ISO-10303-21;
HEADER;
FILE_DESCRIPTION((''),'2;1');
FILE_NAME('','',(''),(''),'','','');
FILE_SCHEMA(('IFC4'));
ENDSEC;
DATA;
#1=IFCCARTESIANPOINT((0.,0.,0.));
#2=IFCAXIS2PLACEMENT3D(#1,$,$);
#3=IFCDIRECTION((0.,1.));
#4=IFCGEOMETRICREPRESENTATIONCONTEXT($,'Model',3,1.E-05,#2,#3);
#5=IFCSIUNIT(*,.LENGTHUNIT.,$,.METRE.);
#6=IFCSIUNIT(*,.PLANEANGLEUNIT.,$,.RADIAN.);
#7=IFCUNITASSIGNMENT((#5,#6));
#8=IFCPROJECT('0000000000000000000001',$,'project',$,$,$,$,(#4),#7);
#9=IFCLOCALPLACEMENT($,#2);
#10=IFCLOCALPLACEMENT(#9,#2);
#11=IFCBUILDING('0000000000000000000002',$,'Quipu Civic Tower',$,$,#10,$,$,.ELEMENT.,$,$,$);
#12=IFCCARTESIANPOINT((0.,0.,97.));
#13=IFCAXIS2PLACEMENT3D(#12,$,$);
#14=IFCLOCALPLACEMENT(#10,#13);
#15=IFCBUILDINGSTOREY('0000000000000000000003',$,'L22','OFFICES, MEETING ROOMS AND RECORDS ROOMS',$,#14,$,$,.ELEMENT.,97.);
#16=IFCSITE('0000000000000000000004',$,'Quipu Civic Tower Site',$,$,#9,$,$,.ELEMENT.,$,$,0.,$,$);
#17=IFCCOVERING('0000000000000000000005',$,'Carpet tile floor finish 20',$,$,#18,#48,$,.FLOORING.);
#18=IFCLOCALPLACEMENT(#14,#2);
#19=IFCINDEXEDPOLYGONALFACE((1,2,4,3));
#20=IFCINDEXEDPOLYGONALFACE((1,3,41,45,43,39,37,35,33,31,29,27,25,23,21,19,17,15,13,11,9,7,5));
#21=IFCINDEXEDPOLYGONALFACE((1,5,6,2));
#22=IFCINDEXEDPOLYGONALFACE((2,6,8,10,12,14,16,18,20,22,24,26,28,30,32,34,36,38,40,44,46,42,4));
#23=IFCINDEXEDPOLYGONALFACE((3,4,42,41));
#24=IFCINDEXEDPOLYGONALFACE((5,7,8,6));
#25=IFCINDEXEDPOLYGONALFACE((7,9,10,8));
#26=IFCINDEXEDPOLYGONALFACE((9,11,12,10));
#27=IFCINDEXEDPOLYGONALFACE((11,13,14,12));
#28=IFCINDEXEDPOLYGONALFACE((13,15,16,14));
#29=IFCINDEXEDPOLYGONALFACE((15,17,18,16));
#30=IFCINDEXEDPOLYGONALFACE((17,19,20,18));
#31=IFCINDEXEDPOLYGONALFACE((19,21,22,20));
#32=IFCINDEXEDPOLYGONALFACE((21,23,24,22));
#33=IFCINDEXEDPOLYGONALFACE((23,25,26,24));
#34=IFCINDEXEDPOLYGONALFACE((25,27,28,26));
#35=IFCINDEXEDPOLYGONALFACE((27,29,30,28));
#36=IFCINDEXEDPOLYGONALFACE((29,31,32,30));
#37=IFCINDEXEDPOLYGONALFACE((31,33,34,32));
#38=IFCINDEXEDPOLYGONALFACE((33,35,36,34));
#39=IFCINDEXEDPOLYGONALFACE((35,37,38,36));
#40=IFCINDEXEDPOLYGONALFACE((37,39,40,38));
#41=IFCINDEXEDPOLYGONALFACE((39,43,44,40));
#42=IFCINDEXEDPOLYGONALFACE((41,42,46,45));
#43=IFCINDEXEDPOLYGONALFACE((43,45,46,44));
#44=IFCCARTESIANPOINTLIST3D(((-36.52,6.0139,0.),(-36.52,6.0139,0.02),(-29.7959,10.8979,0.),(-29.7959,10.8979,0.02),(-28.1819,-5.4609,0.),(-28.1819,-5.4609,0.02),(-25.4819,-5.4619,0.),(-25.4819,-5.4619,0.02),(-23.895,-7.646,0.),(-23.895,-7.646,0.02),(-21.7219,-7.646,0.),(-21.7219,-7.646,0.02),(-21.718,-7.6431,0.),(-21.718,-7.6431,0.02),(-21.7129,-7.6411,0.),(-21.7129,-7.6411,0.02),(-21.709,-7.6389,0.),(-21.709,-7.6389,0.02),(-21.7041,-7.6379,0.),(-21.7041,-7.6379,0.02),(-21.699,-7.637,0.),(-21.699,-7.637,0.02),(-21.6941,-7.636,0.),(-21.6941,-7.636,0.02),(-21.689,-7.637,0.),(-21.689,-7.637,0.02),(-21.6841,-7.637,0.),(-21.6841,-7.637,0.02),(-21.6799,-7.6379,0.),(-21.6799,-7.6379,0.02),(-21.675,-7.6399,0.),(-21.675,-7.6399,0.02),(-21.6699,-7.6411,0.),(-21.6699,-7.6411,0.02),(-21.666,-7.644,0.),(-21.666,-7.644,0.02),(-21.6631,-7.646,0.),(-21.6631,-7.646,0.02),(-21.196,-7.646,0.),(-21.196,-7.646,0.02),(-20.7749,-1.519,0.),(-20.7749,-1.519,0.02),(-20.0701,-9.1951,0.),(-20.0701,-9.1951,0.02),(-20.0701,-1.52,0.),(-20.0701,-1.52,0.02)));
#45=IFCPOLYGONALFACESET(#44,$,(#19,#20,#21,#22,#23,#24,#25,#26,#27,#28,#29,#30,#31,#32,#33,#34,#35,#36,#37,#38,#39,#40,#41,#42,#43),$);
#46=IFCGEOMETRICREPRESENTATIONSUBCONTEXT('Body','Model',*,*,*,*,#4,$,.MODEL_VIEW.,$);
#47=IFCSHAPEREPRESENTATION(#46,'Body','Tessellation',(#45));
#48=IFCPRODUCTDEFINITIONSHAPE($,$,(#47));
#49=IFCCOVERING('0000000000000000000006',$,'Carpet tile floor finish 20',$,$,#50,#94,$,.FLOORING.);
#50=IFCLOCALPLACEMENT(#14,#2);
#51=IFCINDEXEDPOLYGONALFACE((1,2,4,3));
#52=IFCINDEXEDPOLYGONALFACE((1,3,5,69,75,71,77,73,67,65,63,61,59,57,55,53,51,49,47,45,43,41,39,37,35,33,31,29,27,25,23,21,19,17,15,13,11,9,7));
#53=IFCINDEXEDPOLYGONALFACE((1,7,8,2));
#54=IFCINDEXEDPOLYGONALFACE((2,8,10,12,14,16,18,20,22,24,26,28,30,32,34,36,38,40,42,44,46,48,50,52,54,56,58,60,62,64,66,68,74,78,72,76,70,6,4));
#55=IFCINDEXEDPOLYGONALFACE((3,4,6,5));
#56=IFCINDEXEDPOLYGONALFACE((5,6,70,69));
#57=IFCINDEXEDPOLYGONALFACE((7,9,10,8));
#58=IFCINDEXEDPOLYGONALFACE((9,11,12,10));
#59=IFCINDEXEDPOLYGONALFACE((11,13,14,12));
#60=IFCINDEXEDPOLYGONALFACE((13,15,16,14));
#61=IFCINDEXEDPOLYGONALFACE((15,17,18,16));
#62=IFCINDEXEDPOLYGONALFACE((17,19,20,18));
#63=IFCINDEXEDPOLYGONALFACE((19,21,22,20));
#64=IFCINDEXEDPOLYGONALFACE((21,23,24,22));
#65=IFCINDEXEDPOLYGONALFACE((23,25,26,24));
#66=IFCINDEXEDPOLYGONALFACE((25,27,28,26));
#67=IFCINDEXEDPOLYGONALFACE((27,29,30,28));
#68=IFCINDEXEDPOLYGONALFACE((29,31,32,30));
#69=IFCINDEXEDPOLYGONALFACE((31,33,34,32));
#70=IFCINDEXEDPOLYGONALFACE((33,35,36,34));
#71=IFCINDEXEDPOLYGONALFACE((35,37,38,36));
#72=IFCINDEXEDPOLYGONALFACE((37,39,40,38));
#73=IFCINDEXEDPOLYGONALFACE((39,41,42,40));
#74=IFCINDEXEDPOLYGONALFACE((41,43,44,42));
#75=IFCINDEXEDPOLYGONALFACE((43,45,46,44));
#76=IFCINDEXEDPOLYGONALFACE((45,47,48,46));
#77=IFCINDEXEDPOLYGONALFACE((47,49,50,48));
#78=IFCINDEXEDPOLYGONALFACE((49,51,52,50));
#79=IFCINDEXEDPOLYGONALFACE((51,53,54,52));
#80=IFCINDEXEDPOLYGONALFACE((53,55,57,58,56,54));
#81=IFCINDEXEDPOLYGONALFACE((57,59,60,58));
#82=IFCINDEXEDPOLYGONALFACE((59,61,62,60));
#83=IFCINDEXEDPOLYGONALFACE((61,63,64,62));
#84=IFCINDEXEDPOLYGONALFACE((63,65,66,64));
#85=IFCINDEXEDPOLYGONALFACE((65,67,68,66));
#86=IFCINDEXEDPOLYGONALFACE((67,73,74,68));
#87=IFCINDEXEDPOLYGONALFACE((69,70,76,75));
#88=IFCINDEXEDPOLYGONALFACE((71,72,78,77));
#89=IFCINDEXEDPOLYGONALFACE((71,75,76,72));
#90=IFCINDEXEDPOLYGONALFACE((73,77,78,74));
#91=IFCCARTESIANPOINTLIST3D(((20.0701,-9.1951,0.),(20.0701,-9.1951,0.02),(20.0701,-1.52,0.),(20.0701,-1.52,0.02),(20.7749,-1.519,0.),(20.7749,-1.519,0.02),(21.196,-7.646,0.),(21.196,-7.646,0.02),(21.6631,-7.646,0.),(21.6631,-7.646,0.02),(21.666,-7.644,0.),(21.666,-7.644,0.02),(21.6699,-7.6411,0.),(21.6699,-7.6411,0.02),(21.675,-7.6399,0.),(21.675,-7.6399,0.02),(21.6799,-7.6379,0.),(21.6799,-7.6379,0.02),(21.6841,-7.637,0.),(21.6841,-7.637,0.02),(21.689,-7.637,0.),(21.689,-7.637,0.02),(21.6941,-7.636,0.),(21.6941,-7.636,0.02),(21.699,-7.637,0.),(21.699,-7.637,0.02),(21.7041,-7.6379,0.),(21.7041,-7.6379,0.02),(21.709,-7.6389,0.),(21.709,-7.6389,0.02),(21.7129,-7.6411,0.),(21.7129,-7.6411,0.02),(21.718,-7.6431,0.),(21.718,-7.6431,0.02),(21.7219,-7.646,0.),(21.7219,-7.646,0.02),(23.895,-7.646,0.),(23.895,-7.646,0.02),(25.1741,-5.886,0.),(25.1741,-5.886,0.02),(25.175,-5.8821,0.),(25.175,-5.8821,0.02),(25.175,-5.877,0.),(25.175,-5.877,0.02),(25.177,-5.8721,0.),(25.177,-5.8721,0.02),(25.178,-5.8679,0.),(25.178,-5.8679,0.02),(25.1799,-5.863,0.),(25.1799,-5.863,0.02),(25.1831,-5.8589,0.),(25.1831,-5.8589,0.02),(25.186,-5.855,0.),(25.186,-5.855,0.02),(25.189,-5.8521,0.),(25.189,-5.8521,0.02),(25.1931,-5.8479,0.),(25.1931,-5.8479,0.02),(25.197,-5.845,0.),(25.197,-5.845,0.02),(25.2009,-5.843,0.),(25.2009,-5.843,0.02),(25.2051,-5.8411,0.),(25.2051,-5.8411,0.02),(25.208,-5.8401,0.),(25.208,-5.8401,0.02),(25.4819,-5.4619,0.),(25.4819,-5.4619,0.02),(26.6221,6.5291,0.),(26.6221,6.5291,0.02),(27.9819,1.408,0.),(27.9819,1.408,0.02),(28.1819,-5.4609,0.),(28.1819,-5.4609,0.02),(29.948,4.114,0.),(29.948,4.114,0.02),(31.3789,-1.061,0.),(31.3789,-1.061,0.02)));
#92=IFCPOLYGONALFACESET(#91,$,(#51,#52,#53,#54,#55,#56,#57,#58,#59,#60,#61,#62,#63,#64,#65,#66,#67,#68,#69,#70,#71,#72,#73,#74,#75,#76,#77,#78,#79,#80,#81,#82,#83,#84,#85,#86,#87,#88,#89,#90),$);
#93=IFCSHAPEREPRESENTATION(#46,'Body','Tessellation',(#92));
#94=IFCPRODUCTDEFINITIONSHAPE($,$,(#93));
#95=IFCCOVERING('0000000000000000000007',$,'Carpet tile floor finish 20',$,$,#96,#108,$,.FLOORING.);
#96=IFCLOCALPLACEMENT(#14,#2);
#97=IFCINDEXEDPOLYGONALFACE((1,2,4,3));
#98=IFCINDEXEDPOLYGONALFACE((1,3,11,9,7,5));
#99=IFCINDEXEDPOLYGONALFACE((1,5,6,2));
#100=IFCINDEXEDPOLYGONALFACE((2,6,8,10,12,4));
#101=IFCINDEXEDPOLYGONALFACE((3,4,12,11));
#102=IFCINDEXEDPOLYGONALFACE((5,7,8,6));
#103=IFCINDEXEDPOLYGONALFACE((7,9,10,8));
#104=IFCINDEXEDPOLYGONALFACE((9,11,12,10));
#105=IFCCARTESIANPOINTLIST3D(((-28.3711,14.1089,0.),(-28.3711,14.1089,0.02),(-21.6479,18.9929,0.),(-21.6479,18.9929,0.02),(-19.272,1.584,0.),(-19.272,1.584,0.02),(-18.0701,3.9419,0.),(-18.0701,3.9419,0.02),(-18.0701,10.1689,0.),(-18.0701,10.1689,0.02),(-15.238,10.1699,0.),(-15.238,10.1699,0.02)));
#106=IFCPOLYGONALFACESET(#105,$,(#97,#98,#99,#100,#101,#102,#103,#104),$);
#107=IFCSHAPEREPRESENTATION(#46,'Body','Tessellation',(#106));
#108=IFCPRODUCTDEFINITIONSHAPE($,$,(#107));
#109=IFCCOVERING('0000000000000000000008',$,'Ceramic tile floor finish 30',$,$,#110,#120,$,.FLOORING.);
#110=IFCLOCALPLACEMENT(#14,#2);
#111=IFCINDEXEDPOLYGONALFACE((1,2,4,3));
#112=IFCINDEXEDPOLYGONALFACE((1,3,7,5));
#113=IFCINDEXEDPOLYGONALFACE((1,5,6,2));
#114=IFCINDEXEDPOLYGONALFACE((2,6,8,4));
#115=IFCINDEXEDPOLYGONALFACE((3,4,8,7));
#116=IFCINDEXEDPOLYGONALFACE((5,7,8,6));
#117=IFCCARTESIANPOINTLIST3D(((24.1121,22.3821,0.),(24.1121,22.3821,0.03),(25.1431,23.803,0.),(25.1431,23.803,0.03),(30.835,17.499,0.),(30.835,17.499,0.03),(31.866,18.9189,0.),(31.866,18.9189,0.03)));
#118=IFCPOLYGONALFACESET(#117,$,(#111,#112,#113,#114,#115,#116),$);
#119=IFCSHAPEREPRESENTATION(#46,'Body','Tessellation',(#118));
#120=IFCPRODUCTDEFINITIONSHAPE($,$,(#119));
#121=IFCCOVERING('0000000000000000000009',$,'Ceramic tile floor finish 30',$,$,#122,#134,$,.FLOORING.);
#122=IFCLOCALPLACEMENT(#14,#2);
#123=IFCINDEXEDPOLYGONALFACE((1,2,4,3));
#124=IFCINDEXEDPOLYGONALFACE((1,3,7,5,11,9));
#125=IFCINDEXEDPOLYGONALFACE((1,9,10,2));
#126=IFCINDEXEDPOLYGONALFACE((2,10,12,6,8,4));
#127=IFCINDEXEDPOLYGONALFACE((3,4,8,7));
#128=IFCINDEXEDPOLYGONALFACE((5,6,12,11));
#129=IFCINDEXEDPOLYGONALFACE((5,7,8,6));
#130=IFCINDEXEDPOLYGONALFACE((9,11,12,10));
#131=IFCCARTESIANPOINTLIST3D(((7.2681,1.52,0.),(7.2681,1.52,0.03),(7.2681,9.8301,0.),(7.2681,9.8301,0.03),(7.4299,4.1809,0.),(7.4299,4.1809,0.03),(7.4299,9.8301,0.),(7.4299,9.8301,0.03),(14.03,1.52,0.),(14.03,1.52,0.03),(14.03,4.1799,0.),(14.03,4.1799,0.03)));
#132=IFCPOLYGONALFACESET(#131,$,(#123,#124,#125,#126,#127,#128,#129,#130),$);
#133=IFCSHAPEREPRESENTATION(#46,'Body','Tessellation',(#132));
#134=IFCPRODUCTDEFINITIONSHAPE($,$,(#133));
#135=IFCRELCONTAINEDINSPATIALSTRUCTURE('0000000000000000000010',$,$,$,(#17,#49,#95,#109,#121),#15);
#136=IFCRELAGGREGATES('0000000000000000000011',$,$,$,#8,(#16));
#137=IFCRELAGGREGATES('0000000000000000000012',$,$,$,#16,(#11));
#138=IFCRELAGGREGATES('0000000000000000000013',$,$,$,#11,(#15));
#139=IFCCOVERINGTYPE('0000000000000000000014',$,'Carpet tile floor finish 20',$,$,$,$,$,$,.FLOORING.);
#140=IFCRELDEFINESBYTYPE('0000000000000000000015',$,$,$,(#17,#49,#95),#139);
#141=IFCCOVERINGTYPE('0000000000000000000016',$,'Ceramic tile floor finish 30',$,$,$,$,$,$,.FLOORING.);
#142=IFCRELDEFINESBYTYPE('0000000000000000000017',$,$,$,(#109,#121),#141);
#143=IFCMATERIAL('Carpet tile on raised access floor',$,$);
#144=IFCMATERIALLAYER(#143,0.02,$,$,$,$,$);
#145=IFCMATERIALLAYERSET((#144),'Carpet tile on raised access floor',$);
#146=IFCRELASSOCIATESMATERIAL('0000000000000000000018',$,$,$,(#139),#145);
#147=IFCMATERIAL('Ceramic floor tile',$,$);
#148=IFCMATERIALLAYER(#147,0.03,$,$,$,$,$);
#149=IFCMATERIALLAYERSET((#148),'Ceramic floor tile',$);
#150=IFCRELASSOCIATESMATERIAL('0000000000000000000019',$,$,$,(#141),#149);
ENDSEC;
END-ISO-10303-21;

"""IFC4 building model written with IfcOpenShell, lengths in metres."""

from ifc_helpers import new_model, si_unit, direction, frame, origin, place, context, subcontext, project, spatial, polyline, outline, extrude, material, layer, layer_set, type_object, element, save


model = new_model("IFC4")

# Units and contexts
model_context = context("Model", 3, precision=1e-05, world=origin(), true_north=direction((0.0, 1.0)))
body_context = subcontext(model_context, "Body", "Model", "MODEL_VIEW")
ifc_project = project(units=[si_unit("LENGTHUNIT", "METRE"), si_unit("PLANEANGLEUNIT", "RADIAN")], contexts=[model_context])

# Site, building, storey
site_placement = place(None, origin())
site = spatial("IfcSite", under=ifc_project, at=site_placement, Name="Quipu Civic Tower Site", CompositionType="ELEMENT", RefElevation=0.0)
building_placement = place(site_placement, origin())
building = spatial("IfcBuilding", under=site, at=building_placement, Name="Quipu Civic Tower", CompositionType="ELEMENT")
storey_placement = place(building_placement, frame((0.0, 0.0, 97.0)))
storey = spatial("IfcBuildingStorey", under=building, at=storey_placement, Name="L22", Description="OFFICES, MEETING ROOMS AND RECORDS ROOMS", CompositionType="ELEMENT", Elevation=97.0)

# Coverings
ifc_material_1 = material(Name="Carpet tile on raised access floor")
ifc_layer_1 = layer(ifc_material_1, 0.02)
ifc_layer_set_1 = layer_set([ifc_layer_1], Name="Carpet tile on raised access floor")
covering_type_1 = type_object("IfcCoveringType", Name="Carpet tile floor finish 20", PredefinedType="FLOORING", material=ifc_layer_set_1)
covering_1_placement = place(storey_placement, origin())
element("IfcCovering", 1, at=covering_1_placement, inside=storey, type_object=covering_type_1, Name="Carpet tile floor finish 20", PredefinedType="FLOORING", context=body_context, shape_type="SweptSolid", body=[
    extrude(outline(polyline([(-36.52, 6.0139), (-29.7959, 10.8979), (-20.7749, -1.519), (-20.0701, -1.52), (-20.0701, -9.1951), (-21.196, -7.646), (-21.6631, -7.646), (-21.666, -7.644), (-21.6699, -7.6411), (-21.675, -7.6399), (-21.6799, -7.6379), (-21.6841, -7.637), (-21.689, -7.637), (-21.6941, -7.636), (-21.699, -7.637), (-21.7041, -7.6379), (-21.709, -7.6389), (-21.7129, -7.6411), (-21.718, -7.6431), (-21.7219, -7.646), (-21.7219, -7.646), (-23.895, -7.646), (-25.4819, -5.4619), (-28.1819, -5.4609), (-36.52, 6.0139)])), origin(), (0.0, 0.0, 1.0), 0.02),
])
covering_2_placement = place(storey_placement, origin())
element("IfcCovering", 2, at=covering_2_placement, inside=storey, type_object=covering_type_1, Name="Carpet tile floor finish 20", PredefinedType="FLOORING", context=body_context, shape_type="SweptSolid", body=[
    extrude(outline(polyline([(20.0701, -9.1951), (20.0701, -1.52), (20.7749, -1.519), (26.6221, 6.5291), (29.948, 4.114), (27.9819, 1.408), (31.3789, -1.061), (28.1819, -5.4609), (25.4819, -5.4619), (25.208, -5.8401), (25.2051, -5.8411), (25.2009, -5.843), (25.197, -5.845), (25.1931, -5.8479), (25.189, -5.8521), (25.186, -5.855), (25.1831, -5.8589), (25.1799, -5.863), (25.178, -5.8679), (25.177, -5.8721), (25.175, -5.877), (25.175, -5.8821), (25.1741, -5.886), (23.895, -7.646), (21.7219, -7.646), (21.7219, -7.646), (21.718, -7.6431), (21.7129, -7.6411), (21.709, -7.6389), (21.7041, -7.6379), (21.699, -7.637), (21.6941, -7.636), (21.689, -7.637), (21.6841, -7.637), (21.6799, -7.6379), (21.675, -7.6399), (21.6699, -7.6411), (21.666, -7.644), (21.6631, -7.646), (21.196, -7.646), (20.0701, -9.1951)])), origin(), (0.0, 0.0, 1.0), 0.02),
])
covering_3_placement = place(storey_placement, origin())
element("IfcCovering", 3, at=covering_3_placement, inside=storey, type_object=covering_type_1, Name="Carpet tile floor finish 20", PredefinedType="FLOORING", context=body_context, shape_type="SweptSolid", body=[
    extrude(outline(polyline([(-28.3711, 14.1089), (-21.6479, 18.9929), (-15.238, 10.1699), (-18.0701, 10.1689), (-18.0701, 3.9419), (-19.272, 1.584), (-28.3711, 14.1089)])), origin(), (0.0, 0.0, 1.0), 0.02),
])
ifc_material_2 = material(Name="Ceramic floor tile")
ifc_layer_2 = layer(ifc_material_2, 0.03)
ifc_layer_set_2 = layer_set([ifc_layer_2], Name="Ceramic floor tile")
covering_type_2 = type_object("IfcCoveringType", Name="Ceramic tile floor finish 30", PredefinedType="FLOORING", material=ifc_layer_set_2)
covering_4_placement = place(storey_placement, origin())
element("IfcCovering", 4, at=covering_4_placement, inside=storey, type_object=covering_type_2, Name="Ceramic tile floor finish 30", PredefinedType="FLOORING", context=body_context, shape_type="SweptSolid", body=[
    extrude(outline(polyline([(24.1121, 22.3821), (25.1431, 23.803), (31.866, 18.9189), (30.835, 17.499), (24.1121, 22.3821)])), origin(), (0.0, 0.0, 1.0), 0.03),
])
covering_5_placement = place(storey_placement, origin())
element("IfcCovering", 5, at=covering_5_placement, inside=storey, type_object=covering_type_2, Name="Ceramic tile floor finish 30", PredefinedType="FLOORING", context=body_context, shape_type="SweptSolid", body=[
    extrude(outline(polyline([(7.2681, 1.52), (7.2681, 9.8301), (7.4299, 9.8301), (7.4299, 4.1809), (14.03, 4.1799), (14.03, 1.52), (7.2681, 1.52)])), origin(), (0.0, 0.0, 1.0), 0.03),
])

save(model, "model.ifc")
